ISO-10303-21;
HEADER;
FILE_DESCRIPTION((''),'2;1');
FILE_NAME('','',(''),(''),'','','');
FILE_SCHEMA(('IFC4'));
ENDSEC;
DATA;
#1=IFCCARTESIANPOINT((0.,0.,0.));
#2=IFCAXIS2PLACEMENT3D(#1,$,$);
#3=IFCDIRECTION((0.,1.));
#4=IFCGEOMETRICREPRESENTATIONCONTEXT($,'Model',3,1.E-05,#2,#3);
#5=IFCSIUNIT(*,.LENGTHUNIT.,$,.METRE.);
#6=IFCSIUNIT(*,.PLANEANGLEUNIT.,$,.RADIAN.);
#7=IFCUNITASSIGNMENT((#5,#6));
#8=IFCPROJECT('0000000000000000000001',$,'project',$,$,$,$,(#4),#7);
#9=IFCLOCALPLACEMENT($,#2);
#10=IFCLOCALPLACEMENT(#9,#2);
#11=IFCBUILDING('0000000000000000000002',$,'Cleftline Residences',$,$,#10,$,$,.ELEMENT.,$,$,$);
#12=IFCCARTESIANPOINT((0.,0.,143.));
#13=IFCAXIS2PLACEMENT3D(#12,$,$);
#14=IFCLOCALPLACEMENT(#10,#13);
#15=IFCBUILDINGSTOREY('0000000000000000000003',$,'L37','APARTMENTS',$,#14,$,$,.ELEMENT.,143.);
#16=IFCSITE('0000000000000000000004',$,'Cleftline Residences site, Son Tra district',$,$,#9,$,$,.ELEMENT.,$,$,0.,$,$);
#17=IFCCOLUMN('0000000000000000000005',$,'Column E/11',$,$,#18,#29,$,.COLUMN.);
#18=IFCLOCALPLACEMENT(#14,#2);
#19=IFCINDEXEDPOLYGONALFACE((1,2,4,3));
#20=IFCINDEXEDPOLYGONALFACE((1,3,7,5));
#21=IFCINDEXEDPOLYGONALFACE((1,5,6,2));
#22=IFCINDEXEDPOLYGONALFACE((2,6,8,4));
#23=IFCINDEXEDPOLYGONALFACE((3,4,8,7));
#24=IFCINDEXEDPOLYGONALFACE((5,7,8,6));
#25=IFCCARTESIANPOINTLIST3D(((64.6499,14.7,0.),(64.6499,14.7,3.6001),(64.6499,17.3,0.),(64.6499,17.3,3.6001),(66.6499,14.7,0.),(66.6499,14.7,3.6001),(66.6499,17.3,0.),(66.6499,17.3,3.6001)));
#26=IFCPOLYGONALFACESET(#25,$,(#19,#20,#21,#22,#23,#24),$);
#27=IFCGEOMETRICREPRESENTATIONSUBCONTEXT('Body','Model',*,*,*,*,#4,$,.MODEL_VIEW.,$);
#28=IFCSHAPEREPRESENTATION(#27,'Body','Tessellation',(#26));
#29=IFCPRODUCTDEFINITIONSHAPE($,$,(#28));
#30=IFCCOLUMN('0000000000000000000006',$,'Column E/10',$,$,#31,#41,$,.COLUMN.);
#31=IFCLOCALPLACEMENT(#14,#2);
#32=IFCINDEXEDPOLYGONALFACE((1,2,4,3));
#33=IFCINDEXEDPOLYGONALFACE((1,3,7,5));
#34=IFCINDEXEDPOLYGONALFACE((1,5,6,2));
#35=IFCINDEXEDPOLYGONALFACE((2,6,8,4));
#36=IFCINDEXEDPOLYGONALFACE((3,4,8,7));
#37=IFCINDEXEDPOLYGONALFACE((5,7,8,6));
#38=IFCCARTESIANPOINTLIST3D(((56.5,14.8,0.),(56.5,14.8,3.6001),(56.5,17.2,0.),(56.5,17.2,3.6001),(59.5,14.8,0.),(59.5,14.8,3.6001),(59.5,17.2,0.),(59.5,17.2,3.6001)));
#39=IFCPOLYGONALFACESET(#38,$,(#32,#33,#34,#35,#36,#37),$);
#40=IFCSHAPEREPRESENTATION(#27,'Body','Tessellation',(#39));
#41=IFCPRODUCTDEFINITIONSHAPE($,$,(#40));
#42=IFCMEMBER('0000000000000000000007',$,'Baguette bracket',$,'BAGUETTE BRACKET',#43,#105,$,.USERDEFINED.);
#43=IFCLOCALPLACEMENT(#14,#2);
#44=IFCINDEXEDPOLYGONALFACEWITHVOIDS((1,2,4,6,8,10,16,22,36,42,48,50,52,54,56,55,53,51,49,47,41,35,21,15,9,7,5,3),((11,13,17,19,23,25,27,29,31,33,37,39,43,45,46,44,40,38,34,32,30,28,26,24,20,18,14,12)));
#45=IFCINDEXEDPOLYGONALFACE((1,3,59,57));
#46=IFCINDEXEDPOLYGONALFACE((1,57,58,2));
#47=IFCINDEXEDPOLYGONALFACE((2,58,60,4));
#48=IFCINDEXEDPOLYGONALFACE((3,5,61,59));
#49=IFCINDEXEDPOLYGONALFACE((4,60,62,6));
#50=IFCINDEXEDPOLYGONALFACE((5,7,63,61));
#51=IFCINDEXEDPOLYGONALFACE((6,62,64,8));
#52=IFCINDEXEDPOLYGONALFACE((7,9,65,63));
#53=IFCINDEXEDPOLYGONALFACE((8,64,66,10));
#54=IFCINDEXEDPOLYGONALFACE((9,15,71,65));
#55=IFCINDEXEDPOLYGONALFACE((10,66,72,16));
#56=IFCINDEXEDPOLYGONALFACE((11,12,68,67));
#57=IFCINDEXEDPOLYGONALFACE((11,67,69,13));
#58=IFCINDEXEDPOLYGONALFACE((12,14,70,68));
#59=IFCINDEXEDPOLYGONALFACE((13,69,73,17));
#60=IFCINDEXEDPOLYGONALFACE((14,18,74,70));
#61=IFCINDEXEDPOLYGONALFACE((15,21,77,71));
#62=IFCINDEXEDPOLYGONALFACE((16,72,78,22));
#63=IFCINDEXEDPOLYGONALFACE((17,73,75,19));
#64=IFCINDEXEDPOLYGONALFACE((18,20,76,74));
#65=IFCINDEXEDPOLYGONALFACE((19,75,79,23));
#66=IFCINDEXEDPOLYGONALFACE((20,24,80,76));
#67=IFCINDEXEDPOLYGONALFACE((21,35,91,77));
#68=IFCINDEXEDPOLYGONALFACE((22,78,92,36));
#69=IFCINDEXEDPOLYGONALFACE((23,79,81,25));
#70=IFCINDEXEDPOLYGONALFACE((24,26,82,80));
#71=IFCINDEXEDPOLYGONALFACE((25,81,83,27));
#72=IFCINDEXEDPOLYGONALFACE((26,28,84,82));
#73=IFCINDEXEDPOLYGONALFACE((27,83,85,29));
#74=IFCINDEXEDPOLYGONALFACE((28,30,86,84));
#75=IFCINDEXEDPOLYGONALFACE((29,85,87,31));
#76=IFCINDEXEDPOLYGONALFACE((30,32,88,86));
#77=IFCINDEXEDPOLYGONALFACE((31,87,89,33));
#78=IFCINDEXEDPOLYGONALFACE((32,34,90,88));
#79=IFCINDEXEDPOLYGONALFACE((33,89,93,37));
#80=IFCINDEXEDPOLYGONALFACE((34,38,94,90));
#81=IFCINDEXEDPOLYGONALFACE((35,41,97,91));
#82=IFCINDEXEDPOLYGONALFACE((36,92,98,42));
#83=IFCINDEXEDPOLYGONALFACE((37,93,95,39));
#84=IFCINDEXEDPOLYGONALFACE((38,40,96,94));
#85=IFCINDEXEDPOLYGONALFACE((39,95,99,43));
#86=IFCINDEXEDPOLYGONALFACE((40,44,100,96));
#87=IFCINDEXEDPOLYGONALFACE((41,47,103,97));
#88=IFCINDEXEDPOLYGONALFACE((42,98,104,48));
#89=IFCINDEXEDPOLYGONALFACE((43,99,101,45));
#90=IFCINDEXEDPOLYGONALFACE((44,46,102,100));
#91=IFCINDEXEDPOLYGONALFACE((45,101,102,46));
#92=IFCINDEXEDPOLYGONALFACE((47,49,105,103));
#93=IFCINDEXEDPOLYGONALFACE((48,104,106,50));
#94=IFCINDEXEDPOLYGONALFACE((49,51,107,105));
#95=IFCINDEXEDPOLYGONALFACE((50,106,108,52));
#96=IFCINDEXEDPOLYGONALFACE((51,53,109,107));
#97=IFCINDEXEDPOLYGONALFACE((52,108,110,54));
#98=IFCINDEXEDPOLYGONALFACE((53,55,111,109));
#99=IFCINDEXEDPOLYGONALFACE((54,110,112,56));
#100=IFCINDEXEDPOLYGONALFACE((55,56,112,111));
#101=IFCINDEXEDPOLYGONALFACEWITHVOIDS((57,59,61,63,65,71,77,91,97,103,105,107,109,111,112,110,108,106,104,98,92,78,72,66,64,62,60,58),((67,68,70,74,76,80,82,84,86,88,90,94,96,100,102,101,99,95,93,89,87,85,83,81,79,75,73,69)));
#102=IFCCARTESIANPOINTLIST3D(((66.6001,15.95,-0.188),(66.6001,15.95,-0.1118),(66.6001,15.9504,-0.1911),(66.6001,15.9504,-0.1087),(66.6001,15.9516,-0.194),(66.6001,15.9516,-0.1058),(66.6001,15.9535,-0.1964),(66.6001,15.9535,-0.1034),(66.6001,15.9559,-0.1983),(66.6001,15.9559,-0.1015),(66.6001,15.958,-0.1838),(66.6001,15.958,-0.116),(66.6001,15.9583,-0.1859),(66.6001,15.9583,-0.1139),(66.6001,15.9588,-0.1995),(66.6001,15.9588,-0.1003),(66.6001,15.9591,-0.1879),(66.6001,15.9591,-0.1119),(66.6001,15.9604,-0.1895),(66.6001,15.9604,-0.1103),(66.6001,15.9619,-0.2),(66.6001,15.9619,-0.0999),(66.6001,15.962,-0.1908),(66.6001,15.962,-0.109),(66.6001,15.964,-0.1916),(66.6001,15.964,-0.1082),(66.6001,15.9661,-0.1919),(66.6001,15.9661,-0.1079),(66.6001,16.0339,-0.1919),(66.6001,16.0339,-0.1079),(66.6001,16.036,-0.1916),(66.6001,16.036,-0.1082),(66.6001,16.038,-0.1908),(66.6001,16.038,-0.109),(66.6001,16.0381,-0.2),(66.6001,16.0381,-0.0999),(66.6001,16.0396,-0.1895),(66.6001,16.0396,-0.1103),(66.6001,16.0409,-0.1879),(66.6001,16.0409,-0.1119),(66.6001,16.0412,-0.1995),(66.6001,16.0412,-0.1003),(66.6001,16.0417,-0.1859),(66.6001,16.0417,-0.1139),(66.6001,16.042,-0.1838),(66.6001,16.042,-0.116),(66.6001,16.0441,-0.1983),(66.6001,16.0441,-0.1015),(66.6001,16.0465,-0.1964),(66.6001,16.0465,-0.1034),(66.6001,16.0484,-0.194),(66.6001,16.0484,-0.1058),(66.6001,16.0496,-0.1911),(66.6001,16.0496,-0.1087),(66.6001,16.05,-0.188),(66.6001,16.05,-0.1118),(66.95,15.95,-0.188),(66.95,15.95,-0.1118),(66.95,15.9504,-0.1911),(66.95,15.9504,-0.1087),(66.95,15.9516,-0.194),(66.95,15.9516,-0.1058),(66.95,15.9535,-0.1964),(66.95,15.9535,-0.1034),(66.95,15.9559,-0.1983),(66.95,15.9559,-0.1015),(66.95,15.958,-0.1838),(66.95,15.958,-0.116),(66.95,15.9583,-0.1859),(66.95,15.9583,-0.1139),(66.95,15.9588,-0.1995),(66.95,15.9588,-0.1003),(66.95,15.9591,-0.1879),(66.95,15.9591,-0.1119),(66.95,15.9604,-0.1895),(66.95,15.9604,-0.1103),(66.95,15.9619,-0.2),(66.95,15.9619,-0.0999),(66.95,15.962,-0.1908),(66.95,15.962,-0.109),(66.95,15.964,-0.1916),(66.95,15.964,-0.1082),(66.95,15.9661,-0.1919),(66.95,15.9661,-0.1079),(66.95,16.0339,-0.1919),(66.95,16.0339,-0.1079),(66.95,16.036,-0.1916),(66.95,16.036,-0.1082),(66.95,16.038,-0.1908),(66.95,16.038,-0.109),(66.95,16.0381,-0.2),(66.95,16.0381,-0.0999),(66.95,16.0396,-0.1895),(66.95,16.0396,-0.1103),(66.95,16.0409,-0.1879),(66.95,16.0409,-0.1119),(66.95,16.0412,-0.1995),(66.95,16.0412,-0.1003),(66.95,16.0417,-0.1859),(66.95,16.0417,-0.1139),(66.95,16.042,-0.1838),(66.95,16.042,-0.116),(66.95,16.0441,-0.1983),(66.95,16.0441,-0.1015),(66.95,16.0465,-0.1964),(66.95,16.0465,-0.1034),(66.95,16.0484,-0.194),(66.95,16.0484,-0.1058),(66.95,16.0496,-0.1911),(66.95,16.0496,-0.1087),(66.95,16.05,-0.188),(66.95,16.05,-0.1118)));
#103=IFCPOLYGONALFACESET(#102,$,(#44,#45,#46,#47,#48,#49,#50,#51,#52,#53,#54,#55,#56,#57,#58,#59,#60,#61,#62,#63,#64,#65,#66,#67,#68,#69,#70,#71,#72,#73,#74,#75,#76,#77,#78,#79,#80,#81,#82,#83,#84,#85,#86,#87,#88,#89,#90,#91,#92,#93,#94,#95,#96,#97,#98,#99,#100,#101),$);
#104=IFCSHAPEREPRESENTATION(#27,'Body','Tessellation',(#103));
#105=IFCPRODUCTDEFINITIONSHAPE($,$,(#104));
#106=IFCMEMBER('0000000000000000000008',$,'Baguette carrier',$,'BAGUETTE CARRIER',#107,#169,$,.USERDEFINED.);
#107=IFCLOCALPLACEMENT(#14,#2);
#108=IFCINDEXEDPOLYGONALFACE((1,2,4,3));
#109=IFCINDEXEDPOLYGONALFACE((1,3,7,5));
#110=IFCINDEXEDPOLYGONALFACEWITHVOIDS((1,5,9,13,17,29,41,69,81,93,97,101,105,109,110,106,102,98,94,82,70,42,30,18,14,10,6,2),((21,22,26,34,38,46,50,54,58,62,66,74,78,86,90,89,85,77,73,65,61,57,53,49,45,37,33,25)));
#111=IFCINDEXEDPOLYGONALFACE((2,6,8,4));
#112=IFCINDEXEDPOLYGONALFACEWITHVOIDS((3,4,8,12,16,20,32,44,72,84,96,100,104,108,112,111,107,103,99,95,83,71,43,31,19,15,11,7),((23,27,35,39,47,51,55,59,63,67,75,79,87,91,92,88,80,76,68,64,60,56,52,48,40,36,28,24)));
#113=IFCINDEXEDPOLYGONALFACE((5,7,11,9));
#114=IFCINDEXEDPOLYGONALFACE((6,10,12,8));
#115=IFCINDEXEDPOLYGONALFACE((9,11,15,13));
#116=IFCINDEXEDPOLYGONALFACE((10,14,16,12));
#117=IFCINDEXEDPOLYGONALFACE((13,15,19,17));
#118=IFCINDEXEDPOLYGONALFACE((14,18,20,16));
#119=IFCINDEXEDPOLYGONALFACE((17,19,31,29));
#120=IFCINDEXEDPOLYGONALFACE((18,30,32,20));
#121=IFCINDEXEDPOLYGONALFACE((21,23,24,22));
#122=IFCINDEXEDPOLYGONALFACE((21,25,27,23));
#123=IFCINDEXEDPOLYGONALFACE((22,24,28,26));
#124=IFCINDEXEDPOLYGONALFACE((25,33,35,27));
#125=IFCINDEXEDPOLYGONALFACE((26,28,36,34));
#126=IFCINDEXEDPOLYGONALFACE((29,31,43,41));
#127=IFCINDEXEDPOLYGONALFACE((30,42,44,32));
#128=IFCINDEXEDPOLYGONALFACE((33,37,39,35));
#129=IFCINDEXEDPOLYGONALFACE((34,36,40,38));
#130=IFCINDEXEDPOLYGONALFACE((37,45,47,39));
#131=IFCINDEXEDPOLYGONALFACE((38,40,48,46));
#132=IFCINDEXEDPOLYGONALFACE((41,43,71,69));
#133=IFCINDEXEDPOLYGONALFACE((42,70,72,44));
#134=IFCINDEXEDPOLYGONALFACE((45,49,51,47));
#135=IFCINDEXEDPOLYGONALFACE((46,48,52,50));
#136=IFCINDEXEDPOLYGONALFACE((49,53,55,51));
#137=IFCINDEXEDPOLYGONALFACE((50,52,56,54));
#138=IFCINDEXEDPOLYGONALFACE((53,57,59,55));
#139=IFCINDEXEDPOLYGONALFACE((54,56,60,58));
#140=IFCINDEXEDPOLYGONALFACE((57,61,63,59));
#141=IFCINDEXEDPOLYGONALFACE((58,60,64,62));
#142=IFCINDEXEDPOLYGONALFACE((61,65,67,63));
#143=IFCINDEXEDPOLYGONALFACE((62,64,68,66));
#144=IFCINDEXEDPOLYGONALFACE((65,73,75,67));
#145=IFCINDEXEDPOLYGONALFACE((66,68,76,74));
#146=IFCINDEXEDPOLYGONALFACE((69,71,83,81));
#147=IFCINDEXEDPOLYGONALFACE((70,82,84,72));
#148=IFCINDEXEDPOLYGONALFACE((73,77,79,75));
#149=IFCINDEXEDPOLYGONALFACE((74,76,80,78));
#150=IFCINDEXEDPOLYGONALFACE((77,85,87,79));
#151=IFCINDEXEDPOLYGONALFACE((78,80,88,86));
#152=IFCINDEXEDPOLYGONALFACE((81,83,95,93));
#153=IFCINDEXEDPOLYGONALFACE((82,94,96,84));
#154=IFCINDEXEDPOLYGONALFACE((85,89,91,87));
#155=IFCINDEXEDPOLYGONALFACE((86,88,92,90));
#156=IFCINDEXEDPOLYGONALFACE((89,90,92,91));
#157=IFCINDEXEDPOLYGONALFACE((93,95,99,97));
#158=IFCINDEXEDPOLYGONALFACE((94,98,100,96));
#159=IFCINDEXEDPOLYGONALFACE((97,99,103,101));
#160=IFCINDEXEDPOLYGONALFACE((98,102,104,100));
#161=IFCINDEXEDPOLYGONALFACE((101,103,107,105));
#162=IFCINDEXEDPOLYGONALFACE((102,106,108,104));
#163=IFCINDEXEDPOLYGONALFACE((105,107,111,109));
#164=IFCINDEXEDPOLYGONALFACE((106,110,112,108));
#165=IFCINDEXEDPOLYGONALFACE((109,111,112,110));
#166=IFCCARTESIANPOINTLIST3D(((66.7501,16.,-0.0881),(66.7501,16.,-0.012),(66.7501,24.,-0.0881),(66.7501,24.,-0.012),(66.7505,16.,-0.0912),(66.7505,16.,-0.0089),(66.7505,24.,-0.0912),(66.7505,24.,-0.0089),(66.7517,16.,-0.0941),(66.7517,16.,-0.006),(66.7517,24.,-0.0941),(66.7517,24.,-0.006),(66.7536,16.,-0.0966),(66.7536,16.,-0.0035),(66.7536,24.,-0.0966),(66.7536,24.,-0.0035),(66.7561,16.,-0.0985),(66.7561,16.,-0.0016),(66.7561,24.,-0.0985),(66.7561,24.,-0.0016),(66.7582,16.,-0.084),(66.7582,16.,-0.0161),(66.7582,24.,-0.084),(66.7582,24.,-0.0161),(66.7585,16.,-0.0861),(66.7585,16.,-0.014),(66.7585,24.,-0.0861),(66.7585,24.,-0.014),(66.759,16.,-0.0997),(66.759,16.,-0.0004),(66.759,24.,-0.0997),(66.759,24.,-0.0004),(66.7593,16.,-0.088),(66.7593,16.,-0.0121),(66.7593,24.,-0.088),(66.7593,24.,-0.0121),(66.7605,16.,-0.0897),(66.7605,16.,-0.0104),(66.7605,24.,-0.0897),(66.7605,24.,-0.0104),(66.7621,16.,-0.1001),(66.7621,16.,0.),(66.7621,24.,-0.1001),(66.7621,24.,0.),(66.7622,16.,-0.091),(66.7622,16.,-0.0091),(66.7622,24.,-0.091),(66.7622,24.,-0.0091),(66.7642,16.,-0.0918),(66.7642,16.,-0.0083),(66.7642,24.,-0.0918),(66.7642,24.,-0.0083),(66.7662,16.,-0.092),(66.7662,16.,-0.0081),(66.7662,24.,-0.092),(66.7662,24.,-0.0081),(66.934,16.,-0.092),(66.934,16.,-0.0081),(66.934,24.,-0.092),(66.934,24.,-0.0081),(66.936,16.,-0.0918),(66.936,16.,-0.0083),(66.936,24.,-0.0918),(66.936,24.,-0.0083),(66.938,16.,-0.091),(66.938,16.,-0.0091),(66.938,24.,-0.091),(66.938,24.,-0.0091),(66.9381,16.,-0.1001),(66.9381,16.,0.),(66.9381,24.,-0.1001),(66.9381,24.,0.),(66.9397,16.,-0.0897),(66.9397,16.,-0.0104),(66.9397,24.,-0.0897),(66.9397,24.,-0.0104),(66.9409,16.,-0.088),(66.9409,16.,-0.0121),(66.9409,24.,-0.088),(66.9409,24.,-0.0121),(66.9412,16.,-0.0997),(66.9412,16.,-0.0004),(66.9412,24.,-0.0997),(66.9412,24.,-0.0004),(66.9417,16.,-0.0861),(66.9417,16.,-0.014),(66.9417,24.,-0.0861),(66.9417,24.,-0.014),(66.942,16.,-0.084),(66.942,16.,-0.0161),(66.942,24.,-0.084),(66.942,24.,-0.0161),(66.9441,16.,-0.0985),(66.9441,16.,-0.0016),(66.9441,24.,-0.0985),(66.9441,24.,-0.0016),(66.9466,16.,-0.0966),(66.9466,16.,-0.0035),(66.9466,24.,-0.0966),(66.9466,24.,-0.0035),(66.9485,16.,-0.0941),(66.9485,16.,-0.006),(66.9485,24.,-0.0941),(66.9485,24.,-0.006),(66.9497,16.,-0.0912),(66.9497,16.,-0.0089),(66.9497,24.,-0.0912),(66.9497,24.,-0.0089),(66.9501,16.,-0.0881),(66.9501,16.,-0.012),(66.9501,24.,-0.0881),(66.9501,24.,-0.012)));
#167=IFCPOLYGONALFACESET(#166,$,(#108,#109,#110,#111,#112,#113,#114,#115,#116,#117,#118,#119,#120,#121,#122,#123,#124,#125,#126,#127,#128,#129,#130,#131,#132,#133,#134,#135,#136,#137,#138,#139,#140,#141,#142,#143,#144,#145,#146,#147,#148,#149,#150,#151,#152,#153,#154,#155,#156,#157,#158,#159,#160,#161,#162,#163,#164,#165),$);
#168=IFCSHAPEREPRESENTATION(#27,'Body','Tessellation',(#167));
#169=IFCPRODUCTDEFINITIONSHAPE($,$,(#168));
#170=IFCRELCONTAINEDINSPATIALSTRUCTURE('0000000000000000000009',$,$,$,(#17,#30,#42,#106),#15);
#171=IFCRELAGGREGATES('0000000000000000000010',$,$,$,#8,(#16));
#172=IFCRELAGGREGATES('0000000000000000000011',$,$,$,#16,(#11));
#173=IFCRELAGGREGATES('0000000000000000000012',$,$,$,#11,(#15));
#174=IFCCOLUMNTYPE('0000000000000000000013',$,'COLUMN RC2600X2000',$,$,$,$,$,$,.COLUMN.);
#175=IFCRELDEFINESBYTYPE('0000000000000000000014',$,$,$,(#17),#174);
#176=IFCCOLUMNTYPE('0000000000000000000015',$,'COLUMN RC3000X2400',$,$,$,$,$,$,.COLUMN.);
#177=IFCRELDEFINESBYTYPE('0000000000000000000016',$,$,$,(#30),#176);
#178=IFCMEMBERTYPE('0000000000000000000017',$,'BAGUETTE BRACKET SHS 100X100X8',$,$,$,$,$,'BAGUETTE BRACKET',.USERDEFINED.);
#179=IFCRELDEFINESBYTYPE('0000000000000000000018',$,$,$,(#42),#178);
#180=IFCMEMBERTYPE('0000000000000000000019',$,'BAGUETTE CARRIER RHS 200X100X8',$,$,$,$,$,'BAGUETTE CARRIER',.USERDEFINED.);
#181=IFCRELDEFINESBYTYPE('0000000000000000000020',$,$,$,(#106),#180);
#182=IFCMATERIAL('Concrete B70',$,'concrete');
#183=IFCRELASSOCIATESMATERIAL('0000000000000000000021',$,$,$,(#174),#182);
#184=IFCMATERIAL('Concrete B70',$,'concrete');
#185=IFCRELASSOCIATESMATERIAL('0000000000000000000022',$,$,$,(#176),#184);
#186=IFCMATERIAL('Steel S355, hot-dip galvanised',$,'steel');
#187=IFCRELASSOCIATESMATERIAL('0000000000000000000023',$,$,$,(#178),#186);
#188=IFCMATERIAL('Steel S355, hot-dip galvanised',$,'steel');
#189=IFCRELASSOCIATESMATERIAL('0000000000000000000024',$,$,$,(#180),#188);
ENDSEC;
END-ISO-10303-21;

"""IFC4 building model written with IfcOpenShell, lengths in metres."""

from ifc_helpers import new_model, si_unit, direction, frame, origin, origin_2d, place, context, subcontext, project, spatial, rectangle, hollow_rectangle, extrude, material, material_profile, profile_set, type_object, element, save


model = new_model("IFC4")

# Units and contexts
model_context = context("Model", 3, precision=1e-05, world=origin(), true_north=direction((0.0, 1.0)))
body_context = subcontext(model_context, "Body", "Model", "MODEL_VIEW")
ifc_project = project(units=[si_unit("LENGTHUNIT", "METRE"), si_unit("PLANEANGLEUNIT", "RADIAN")], contexts=[model_context])

# Site, building, storey
site_placement = place(None, origin())
site = spatial("IfcSite", under=ifc_project, at=site_placement, Name="Cleftline Residences site, Son Tra district", CompositionType="ELEMENT", RefElevation=0.0)
building_placement = place(site_placement, origin())
building = spatial("IfcBuilding", under=site, at=building_placement, Name="Cleftline Residences", CompositionType="ELEMENT")
storey_placement = place(building_placement, frame((0.0, 0.0, 143.0)))
storey = spatial("IfcBuildingStorey", under=building, at=storey_placement, Name="L37", Description="APARTMENTS", CompositionType="ELEMENT", Elevation=143.0)

# Columns
ifc_material_1 = material(Name="Concrete B70", Category="concrete")
ifc_material_profile_1 = material_profile(ifc_material_1, rectangle(XDim=2.6001, YDim=2.0, at=origin_2d()))
ifc_profile_set_1 = profile_set([ifc_material_profile_1], Name="Concrete B70")
column_type_1 = type_object("IfcColumnType", Name="COLUMN RC2600X2000", PredefinedType="COLUMN", material=ifc_profile_set_1)
column_1_placement = place(storey_placement, frame((65.6499, 16.0, 0.0), z_axis=(0.0, 0.0, 1.0), x_axis=(0.0, 1.0, 0.0)))
element("IfcColumn", 1, at=column_1_placement, inside=storey, type_object=column_type_1, Name="Column E/11", PredefinedType="COLUMN", context=body_context, shape_type="SweptSolid", body=[
    extrude(rectangle(XDim=2.6001, YDim=2.0, at=origin_2d()), origin(), (0.0, 0.0, 1.0), 3.6001),
])
ifc_material_2 = material(Name="Concrete B70", Category="concrete")
ifc_material_profile_2 = material_profile(ifc_material_2, rectangle(XDim=3.0, YDim=2.3999, at=origin_2d()))
ifc_profile_set_2 = profile_set([ifc_material_profile_2], Name="Concrete B70")
column_type_2 = type_object("IfcColumnType", Name="COLUMN RC3000X2400", PredefinedType="COLUMN", material=ifc_profile_set_2)
column_2_placement = place(storey_placement, frame((58.0, 16.0, 0.0), z_axis=(0.0, 0.0, 1.0), x_axis=(1.0, 0.0, 0.0)))
element("IfcColumn", 2, at=column_2_placement, inside=storey, type_object=column_type_2, Name="Column E/10", PredefinedType="COLUMN", context=body_context, shape_type="SweptSolid", body=[
    extrude(rectangle(XDim=3.0, YDim=2.3999, at=origin_2d()), origin(), (0.0, 0.0, 1.0), 3.6001),
])

# Members
ifc_material_3 = material(Name="Steel S355, hot-dip galvanised", Category="steel")
ifc_material_profile_3 = material_profile(ifc_material_3, hollow_rectangle(XDim=0.1001, YDim=0.1001, WallThickness=0.0081, InnerFilletRadius=0.0081, OuterFilletRadius=0.012, at=origin_2d()))
ifc_profile_set_3 = profile_set([ifc_material_profile_3], Name="Steel S355, hot-dip galvanised")
member_type_1 = type_object("IfcMemberType", Name="BAGUETTE BRACKET SHS 100X100X8", ElementType="BAGUETTE BRACKET", PredefinedType="USERDEFINED", material=ifc_profile_set_3)
member_1_placement = place(storey_placement, frame((66.6001, 16.0, -0.1499), z_axis=(1.0, 0.0, 0.0), x_axis=(0.0, 1.0, 0.0)))
element("IfcMember", 3, at=member_1_placement, inside=storey, type_object=member_type_1, Name="Baguette bracket", ObjectType="BAGUETTE BRACKET", PredefinedType="USERDEFINED", context=body_context, shape_type="SweptSolid", body=[
    extrude(hollow_rectangle(XDim=0.1001, YDim=0.1001, WallThickness=0.0081, InnerFilletRadius=0.0081, OuterFilletRadius=0.012, at=origin_2d()), origin(), (0.0, 0.0, 1.0), 0.3499),
])
ifc_material_4 = material(Name="Steel S355, hot-dip galvanised", Category="steel")
ifc_material_profile_4 = material_profile(ifc_material_4, hollow_rectangle(XDim=0.1001, YDim=0.2, WallThickness=0.0081, InnerFilletRadius=0.0081, OuterFilletRadius=0.012, at=origin_2d()))
ifc_profile_set_4 = profile_set([ifc_material_profile_4], Name="Steel S355, hot-dip galvanised")
member_type_2 = type_object("IfcMemberType", Name="BAGUETTE CARRIER RHS 200X100X8", ElementType="BAGUETTE CARRIER", PredefinedType="USERDEFINED", material=ifc_profile_set_4)
member_2_placement = place(storey_placement, frame((66.8501, 16.0, -0.05), z_axis=(0.0, 1.0, 0.0), x_axis=(0.0, 0.0, 1.0)))
element("IfcMember", 4, at=member_2_placement, inside=storey, type_object=member_type_2, Name="Baguette carrier", ObjectType="BAGUETTE CARRIER", PredefinedType="USERDEFINED", context=body_context, shape_type="SweptSolid", body=[
    extrude(hollow_rectangle(XDim=0.1001, YDim=0.2, WallThickness=0.0081, InnerFilletRadius=0.0081, OuterFilletRadius=0.012, at=origin_2d()), origin(), (0.0, 0.0, 1.0), 8.0),
])

save(model, "model.ifc")
